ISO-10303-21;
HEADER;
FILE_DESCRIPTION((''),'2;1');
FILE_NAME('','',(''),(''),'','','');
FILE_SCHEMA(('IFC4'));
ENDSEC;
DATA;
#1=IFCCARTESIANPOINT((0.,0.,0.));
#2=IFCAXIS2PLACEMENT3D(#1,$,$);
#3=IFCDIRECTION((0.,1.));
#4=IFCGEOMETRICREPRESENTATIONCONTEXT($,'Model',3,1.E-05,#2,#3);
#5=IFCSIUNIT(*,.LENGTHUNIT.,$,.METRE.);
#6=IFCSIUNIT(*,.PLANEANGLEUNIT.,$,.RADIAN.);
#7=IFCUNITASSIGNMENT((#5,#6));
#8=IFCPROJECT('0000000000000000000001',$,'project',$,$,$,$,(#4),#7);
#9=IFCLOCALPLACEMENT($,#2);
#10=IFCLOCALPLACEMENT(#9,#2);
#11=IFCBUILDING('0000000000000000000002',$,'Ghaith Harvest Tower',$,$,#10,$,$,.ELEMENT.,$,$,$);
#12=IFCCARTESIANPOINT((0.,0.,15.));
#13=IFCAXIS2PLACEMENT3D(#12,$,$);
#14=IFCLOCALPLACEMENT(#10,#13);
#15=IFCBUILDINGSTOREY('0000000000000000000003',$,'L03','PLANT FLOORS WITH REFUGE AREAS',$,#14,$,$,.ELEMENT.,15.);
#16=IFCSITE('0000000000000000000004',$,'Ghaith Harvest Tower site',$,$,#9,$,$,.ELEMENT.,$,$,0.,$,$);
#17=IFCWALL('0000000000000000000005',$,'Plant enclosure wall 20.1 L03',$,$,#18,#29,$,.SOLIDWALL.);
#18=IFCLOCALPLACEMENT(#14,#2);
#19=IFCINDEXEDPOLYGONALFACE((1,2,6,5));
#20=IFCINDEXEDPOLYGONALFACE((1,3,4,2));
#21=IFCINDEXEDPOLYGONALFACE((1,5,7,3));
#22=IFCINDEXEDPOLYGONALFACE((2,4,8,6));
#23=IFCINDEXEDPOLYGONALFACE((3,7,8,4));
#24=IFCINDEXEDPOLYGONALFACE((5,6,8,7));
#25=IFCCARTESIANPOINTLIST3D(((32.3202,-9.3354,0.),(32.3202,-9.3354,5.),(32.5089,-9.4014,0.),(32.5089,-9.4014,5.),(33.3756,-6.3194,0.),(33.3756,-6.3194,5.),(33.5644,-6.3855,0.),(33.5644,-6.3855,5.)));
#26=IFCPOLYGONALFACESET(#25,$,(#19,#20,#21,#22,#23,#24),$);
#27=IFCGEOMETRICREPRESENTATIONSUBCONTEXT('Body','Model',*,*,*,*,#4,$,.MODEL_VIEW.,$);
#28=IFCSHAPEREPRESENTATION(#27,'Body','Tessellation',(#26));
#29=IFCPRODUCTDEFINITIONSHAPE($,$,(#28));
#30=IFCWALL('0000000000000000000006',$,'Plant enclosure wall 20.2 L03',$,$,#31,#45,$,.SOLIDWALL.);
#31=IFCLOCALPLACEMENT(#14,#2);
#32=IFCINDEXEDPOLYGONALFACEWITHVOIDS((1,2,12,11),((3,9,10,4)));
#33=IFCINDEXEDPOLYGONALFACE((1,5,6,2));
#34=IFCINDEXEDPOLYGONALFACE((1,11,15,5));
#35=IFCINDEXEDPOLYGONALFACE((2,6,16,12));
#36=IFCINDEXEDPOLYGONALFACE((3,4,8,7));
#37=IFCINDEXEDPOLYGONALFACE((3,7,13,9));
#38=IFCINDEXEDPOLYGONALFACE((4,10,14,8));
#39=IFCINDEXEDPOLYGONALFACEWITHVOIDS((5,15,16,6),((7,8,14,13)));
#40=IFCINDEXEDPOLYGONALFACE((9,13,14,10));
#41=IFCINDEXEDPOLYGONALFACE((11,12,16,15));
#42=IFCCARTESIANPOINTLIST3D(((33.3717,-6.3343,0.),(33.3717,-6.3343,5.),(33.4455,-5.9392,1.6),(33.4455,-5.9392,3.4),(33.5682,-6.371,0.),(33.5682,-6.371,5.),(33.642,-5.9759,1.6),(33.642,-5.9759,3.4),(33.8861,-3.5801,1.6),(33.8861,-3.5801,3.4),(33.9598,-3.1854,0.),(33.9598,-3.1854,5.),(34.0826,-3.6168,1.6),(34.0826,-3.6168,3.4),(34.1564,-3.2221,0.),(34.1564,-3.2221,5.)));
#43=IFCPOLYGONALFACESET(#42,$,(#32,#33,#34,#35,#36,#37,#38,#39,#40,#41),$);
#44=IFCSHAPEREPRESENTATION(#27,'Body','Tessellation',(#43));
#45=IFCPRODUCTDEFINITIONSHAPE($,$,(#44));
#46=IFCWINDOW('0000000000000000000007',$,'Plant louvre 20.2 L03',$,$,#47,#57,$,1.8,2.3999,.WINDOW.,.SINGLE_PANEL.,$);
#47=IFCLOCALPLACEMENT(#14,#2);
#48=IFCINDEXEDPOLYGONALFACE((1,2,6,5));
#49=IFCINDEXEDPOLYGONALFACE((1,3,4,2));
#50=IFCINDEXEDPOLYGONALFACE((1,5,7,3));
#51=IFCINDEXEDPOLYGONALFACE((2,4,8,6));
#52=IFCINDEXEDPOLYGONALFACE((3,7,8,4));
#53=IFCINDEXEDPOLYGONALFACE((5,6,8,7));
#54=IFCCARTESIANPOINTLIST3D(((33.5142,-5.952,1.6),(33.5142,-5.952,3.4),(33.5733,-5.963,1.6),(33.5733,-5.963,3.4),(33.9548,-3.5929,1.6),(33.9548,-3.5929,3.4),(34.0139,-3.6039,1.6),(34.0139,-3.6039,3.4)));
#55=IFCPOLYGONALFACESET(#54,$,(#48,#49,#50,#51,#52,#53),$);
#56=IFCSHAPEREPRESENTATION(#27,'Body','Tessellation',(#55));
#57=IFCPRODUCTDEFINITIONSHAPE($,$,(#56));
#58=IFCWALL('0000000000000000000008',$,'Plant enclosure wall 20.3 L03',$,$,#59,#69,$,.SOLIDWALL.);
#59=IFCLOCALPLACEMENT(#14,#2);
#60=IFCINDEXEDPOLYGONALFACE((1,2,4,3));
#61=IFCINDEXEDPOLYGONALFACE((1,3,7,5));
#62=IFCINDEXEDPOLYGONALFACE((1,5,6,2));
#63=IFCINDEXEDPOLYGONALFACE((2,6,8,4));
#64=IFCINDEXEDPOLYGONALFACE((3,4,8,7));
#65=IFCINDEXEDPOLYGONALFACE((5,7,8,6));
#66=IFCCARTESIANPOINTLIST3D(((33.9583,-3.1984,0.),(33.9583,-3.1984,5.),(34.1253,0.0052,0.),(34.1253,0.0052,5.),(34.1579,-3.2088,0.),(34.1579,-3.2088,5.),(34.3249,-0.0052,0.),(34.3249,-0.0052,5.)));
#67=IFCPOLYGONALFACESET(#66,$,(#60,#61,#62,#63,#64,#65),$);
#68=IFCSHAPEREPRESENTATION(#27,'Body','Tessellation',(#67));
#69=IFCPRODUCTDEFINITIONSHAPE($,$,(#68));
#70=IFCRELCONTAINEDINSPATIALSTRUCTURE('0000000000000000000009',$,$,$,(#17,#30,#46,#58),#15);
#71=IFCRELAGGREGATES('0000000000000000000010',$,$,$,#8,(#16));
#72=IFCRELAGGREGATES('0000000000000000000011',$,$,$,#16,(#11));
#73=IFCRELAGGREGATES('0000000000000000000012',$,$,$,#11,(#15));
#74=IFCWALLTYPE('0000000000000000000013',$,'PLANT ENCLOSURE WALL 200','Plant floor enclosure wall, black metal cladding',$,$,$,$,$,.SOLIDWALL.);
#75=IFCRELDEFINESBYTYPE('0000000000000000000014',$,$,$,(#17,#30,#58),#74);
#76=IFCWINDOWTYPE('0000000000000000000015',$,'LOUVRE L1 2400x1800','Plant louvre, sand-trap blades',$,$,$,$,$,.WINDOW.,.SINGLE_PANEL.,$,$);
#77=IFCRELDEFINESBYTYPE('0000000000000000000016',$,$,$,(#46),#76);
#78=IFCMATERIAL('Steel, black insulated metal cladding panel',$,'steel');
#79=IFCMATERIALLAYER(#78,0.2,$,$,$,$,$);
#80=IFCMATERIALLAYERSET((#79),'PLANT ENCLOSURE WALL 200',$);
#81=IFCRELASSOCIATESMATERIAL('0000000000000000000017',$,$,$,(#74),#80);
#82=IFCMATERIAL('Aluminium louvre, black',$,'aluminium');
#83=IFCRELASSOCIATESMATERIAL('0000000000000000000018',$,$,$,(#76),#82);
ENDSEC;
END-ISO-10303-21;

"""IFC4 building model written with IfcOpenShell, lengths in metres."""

from ifc_helpers import new_model, si_unit, direction, frame, frame_2d, origin, place, context, subcontext, project, spatial, rectangle, extrude, material, layer, layer_set, type_object, element, fill, save


model = new_model("IFC4")

# Units and contexts
model_context = context("Model", 3, precision=1e-05, world=origin(), true_north=direction((0.0, 1.0)))
body_context = subcontext(model_context, "Body", "Model", "MODEL_VIEW")
ifc_project = project(units=[si_unit("LENGTHUNIT", "METRE"), si_unit("PLANEANGLEUNIT", "RADIAN")], contexts=[model_context])

# Site, building, storey
site_placement = place(None, origin())
site = spatial("IfcSite", under=ifc_project, at=site_placement, Name="Ghaith Harvest Tower site", CompositionType="ELEMENT", RefElevation=0.0)
building_placement = place(site_placement, origin())
building = spatial("IfcBuilding", under=site, at=building_placement, Name="Ghaith Harvest Tower", CompositionType="ELEMENT")
storey_placement = place(building_placement, frame((0.0, 0.0, 15.0)))
storey = spatial("IfcBuildingStorey", under=building, at=storey_placement, Name="L03", Description="PLANT FLOORS WITH REFUGE AREAS", CompositionType="ELEMENT", Elevation=15.0)

# Wall
ifc_material_1 = material(Name="Steel, black insulated metal cladding panel", Category="steel")
ifc_layer_1 = layer(ifc_material_1, 0.2)
ifc_layer_set_1 = layer_set([ifc_layer_1], Name="PLANT ENCLOSURE WALL 200")
wall_type_1 = type_object("IfcWallType", Name="PLANT ENCLOSURE WALL 200", Description="Plant floor enclosure wall, black metal cladding", PredefinedType="SOLIDWALL", material=ifc_layer_set_1)
wall_1_placement = place(storey_placement, frame((32.4146, -9.3684, 0.0), z_axis=(0.0, 0.0, 1.0), x_axis=(0.330313, 0.943871, 0.0)))
element("IfcWall", 1, at=wall_1_placement, inside=storey, type_object=wall_type_1, Name="Plant enclosure wall 20.1 L03", PredefinedType="SOLIDWALL", context=body_context, shape_type="SweptSolid", body=[
    extrude(rectangle(XDim=3.1953, YDim=0.2, at=frame_2d((1.5977, 0.0))), origin(), (0.0, 0.0, 1.0), 5.0),
])

# Wall, opening, window
wall_2_placement = place(storey_placement, frame((33.47, -6.3525, 0.0), z_axis=(0.0, 0.0, 1.0), x_axis=(0.183598, 0.983001, 0.0)))
wall_2 = element("IfcWall", 2, at=wall_2_placement, inside=storey, type_object=wall_type_1, Name="Plant enclosure wall 20.2 L03", PredefinedType="SOLIDWALL", context=body_context, shape_type="SweptSolid", body=[
    extrude(rectangle(XDim=3.2034, YDim=0.2, at=frame_2d((1.6016, 0.0))), origin(), (0.0, 0.0, 1.0), 5.0),
])
opening_1_placement = place(wall_2_placement, frame((0.4019, 0.0, 1.6001)))
opening_1 = element("IfcOpeningElement", 3, at=opening_1_placement, cuts=wall_2, PredefinedType="OPENING", context=body_context, shape_type="SweptSolid", body=[
    extrude(rectangle(XDim=2.3999, YDim=1.8, at=frame_2d((1.2, 0.8999))), frame((0.0, 0.1099, 0.0), z_axis=(0.0, -1.0, 0.0), x_axis=(1.0, 0.0, 0.0)), (0.0, 0.0, 1.0), 0.22),
])
ifc_material_2 = material(Name="Aluminium louvre, black", Category="aluminium")
window_type = type_object("IfcWindowType", Name="LOUVRE L1 2400x1800", Description="Plant louvre, sand-trap blades", PartitioningType="SINGLE_PANEL", PredefinedType="WINDOW", material=ifc_material_2)
window_placement = place(opening_1_placement, origin())
window = element("IfcWindow", 4, at=window_placement, inside=storey, type_object=window_type, Name="Plant louvre 20.2 L03", OverallHeight=1.8, OverallWidth=2.3999, PartitioningType="SINGLE_PANEL", PredefinedType="WINDOW", context=body_context, shape_type="SweptSolid", body=[
    extrude(rectangle(XDim=2.3999, YDim=1.8, at=frame_2d((1.2, 0.8999))), frame((0.0, 0.03, 0.0), z_axis=(0.0, -1.0, 0.0), x_axis=(1.0, 0.0, 0.0)), (0.0, 0.0, 1.0), 0.0601),
])
fill(opening_1, window)

# Wall
wall_3_placement = place(storey_placement, frame((34.0581, -3.2036, 0.0), z_axis=(0.0, 0.0, 1.0), x_axis=(0.052056, 0.998644, 0.0)))
element("IfcWall", 5, at=wall_3_placement, inside=storey, type_object=wall_type_1, Name="Plant enclosure wall 20.3 L03", PredefinedType="SOLIDWALL", context=body_context, shape_type="SweptSolid", body=[
    extrude(rectangle(XDim=3.208, YDim=0.2, at=frame_2d((1.604, 0.0))), origin(), (0.0, 0.0, 1.0), 5.0),
])

save(model, "model.ifc")
